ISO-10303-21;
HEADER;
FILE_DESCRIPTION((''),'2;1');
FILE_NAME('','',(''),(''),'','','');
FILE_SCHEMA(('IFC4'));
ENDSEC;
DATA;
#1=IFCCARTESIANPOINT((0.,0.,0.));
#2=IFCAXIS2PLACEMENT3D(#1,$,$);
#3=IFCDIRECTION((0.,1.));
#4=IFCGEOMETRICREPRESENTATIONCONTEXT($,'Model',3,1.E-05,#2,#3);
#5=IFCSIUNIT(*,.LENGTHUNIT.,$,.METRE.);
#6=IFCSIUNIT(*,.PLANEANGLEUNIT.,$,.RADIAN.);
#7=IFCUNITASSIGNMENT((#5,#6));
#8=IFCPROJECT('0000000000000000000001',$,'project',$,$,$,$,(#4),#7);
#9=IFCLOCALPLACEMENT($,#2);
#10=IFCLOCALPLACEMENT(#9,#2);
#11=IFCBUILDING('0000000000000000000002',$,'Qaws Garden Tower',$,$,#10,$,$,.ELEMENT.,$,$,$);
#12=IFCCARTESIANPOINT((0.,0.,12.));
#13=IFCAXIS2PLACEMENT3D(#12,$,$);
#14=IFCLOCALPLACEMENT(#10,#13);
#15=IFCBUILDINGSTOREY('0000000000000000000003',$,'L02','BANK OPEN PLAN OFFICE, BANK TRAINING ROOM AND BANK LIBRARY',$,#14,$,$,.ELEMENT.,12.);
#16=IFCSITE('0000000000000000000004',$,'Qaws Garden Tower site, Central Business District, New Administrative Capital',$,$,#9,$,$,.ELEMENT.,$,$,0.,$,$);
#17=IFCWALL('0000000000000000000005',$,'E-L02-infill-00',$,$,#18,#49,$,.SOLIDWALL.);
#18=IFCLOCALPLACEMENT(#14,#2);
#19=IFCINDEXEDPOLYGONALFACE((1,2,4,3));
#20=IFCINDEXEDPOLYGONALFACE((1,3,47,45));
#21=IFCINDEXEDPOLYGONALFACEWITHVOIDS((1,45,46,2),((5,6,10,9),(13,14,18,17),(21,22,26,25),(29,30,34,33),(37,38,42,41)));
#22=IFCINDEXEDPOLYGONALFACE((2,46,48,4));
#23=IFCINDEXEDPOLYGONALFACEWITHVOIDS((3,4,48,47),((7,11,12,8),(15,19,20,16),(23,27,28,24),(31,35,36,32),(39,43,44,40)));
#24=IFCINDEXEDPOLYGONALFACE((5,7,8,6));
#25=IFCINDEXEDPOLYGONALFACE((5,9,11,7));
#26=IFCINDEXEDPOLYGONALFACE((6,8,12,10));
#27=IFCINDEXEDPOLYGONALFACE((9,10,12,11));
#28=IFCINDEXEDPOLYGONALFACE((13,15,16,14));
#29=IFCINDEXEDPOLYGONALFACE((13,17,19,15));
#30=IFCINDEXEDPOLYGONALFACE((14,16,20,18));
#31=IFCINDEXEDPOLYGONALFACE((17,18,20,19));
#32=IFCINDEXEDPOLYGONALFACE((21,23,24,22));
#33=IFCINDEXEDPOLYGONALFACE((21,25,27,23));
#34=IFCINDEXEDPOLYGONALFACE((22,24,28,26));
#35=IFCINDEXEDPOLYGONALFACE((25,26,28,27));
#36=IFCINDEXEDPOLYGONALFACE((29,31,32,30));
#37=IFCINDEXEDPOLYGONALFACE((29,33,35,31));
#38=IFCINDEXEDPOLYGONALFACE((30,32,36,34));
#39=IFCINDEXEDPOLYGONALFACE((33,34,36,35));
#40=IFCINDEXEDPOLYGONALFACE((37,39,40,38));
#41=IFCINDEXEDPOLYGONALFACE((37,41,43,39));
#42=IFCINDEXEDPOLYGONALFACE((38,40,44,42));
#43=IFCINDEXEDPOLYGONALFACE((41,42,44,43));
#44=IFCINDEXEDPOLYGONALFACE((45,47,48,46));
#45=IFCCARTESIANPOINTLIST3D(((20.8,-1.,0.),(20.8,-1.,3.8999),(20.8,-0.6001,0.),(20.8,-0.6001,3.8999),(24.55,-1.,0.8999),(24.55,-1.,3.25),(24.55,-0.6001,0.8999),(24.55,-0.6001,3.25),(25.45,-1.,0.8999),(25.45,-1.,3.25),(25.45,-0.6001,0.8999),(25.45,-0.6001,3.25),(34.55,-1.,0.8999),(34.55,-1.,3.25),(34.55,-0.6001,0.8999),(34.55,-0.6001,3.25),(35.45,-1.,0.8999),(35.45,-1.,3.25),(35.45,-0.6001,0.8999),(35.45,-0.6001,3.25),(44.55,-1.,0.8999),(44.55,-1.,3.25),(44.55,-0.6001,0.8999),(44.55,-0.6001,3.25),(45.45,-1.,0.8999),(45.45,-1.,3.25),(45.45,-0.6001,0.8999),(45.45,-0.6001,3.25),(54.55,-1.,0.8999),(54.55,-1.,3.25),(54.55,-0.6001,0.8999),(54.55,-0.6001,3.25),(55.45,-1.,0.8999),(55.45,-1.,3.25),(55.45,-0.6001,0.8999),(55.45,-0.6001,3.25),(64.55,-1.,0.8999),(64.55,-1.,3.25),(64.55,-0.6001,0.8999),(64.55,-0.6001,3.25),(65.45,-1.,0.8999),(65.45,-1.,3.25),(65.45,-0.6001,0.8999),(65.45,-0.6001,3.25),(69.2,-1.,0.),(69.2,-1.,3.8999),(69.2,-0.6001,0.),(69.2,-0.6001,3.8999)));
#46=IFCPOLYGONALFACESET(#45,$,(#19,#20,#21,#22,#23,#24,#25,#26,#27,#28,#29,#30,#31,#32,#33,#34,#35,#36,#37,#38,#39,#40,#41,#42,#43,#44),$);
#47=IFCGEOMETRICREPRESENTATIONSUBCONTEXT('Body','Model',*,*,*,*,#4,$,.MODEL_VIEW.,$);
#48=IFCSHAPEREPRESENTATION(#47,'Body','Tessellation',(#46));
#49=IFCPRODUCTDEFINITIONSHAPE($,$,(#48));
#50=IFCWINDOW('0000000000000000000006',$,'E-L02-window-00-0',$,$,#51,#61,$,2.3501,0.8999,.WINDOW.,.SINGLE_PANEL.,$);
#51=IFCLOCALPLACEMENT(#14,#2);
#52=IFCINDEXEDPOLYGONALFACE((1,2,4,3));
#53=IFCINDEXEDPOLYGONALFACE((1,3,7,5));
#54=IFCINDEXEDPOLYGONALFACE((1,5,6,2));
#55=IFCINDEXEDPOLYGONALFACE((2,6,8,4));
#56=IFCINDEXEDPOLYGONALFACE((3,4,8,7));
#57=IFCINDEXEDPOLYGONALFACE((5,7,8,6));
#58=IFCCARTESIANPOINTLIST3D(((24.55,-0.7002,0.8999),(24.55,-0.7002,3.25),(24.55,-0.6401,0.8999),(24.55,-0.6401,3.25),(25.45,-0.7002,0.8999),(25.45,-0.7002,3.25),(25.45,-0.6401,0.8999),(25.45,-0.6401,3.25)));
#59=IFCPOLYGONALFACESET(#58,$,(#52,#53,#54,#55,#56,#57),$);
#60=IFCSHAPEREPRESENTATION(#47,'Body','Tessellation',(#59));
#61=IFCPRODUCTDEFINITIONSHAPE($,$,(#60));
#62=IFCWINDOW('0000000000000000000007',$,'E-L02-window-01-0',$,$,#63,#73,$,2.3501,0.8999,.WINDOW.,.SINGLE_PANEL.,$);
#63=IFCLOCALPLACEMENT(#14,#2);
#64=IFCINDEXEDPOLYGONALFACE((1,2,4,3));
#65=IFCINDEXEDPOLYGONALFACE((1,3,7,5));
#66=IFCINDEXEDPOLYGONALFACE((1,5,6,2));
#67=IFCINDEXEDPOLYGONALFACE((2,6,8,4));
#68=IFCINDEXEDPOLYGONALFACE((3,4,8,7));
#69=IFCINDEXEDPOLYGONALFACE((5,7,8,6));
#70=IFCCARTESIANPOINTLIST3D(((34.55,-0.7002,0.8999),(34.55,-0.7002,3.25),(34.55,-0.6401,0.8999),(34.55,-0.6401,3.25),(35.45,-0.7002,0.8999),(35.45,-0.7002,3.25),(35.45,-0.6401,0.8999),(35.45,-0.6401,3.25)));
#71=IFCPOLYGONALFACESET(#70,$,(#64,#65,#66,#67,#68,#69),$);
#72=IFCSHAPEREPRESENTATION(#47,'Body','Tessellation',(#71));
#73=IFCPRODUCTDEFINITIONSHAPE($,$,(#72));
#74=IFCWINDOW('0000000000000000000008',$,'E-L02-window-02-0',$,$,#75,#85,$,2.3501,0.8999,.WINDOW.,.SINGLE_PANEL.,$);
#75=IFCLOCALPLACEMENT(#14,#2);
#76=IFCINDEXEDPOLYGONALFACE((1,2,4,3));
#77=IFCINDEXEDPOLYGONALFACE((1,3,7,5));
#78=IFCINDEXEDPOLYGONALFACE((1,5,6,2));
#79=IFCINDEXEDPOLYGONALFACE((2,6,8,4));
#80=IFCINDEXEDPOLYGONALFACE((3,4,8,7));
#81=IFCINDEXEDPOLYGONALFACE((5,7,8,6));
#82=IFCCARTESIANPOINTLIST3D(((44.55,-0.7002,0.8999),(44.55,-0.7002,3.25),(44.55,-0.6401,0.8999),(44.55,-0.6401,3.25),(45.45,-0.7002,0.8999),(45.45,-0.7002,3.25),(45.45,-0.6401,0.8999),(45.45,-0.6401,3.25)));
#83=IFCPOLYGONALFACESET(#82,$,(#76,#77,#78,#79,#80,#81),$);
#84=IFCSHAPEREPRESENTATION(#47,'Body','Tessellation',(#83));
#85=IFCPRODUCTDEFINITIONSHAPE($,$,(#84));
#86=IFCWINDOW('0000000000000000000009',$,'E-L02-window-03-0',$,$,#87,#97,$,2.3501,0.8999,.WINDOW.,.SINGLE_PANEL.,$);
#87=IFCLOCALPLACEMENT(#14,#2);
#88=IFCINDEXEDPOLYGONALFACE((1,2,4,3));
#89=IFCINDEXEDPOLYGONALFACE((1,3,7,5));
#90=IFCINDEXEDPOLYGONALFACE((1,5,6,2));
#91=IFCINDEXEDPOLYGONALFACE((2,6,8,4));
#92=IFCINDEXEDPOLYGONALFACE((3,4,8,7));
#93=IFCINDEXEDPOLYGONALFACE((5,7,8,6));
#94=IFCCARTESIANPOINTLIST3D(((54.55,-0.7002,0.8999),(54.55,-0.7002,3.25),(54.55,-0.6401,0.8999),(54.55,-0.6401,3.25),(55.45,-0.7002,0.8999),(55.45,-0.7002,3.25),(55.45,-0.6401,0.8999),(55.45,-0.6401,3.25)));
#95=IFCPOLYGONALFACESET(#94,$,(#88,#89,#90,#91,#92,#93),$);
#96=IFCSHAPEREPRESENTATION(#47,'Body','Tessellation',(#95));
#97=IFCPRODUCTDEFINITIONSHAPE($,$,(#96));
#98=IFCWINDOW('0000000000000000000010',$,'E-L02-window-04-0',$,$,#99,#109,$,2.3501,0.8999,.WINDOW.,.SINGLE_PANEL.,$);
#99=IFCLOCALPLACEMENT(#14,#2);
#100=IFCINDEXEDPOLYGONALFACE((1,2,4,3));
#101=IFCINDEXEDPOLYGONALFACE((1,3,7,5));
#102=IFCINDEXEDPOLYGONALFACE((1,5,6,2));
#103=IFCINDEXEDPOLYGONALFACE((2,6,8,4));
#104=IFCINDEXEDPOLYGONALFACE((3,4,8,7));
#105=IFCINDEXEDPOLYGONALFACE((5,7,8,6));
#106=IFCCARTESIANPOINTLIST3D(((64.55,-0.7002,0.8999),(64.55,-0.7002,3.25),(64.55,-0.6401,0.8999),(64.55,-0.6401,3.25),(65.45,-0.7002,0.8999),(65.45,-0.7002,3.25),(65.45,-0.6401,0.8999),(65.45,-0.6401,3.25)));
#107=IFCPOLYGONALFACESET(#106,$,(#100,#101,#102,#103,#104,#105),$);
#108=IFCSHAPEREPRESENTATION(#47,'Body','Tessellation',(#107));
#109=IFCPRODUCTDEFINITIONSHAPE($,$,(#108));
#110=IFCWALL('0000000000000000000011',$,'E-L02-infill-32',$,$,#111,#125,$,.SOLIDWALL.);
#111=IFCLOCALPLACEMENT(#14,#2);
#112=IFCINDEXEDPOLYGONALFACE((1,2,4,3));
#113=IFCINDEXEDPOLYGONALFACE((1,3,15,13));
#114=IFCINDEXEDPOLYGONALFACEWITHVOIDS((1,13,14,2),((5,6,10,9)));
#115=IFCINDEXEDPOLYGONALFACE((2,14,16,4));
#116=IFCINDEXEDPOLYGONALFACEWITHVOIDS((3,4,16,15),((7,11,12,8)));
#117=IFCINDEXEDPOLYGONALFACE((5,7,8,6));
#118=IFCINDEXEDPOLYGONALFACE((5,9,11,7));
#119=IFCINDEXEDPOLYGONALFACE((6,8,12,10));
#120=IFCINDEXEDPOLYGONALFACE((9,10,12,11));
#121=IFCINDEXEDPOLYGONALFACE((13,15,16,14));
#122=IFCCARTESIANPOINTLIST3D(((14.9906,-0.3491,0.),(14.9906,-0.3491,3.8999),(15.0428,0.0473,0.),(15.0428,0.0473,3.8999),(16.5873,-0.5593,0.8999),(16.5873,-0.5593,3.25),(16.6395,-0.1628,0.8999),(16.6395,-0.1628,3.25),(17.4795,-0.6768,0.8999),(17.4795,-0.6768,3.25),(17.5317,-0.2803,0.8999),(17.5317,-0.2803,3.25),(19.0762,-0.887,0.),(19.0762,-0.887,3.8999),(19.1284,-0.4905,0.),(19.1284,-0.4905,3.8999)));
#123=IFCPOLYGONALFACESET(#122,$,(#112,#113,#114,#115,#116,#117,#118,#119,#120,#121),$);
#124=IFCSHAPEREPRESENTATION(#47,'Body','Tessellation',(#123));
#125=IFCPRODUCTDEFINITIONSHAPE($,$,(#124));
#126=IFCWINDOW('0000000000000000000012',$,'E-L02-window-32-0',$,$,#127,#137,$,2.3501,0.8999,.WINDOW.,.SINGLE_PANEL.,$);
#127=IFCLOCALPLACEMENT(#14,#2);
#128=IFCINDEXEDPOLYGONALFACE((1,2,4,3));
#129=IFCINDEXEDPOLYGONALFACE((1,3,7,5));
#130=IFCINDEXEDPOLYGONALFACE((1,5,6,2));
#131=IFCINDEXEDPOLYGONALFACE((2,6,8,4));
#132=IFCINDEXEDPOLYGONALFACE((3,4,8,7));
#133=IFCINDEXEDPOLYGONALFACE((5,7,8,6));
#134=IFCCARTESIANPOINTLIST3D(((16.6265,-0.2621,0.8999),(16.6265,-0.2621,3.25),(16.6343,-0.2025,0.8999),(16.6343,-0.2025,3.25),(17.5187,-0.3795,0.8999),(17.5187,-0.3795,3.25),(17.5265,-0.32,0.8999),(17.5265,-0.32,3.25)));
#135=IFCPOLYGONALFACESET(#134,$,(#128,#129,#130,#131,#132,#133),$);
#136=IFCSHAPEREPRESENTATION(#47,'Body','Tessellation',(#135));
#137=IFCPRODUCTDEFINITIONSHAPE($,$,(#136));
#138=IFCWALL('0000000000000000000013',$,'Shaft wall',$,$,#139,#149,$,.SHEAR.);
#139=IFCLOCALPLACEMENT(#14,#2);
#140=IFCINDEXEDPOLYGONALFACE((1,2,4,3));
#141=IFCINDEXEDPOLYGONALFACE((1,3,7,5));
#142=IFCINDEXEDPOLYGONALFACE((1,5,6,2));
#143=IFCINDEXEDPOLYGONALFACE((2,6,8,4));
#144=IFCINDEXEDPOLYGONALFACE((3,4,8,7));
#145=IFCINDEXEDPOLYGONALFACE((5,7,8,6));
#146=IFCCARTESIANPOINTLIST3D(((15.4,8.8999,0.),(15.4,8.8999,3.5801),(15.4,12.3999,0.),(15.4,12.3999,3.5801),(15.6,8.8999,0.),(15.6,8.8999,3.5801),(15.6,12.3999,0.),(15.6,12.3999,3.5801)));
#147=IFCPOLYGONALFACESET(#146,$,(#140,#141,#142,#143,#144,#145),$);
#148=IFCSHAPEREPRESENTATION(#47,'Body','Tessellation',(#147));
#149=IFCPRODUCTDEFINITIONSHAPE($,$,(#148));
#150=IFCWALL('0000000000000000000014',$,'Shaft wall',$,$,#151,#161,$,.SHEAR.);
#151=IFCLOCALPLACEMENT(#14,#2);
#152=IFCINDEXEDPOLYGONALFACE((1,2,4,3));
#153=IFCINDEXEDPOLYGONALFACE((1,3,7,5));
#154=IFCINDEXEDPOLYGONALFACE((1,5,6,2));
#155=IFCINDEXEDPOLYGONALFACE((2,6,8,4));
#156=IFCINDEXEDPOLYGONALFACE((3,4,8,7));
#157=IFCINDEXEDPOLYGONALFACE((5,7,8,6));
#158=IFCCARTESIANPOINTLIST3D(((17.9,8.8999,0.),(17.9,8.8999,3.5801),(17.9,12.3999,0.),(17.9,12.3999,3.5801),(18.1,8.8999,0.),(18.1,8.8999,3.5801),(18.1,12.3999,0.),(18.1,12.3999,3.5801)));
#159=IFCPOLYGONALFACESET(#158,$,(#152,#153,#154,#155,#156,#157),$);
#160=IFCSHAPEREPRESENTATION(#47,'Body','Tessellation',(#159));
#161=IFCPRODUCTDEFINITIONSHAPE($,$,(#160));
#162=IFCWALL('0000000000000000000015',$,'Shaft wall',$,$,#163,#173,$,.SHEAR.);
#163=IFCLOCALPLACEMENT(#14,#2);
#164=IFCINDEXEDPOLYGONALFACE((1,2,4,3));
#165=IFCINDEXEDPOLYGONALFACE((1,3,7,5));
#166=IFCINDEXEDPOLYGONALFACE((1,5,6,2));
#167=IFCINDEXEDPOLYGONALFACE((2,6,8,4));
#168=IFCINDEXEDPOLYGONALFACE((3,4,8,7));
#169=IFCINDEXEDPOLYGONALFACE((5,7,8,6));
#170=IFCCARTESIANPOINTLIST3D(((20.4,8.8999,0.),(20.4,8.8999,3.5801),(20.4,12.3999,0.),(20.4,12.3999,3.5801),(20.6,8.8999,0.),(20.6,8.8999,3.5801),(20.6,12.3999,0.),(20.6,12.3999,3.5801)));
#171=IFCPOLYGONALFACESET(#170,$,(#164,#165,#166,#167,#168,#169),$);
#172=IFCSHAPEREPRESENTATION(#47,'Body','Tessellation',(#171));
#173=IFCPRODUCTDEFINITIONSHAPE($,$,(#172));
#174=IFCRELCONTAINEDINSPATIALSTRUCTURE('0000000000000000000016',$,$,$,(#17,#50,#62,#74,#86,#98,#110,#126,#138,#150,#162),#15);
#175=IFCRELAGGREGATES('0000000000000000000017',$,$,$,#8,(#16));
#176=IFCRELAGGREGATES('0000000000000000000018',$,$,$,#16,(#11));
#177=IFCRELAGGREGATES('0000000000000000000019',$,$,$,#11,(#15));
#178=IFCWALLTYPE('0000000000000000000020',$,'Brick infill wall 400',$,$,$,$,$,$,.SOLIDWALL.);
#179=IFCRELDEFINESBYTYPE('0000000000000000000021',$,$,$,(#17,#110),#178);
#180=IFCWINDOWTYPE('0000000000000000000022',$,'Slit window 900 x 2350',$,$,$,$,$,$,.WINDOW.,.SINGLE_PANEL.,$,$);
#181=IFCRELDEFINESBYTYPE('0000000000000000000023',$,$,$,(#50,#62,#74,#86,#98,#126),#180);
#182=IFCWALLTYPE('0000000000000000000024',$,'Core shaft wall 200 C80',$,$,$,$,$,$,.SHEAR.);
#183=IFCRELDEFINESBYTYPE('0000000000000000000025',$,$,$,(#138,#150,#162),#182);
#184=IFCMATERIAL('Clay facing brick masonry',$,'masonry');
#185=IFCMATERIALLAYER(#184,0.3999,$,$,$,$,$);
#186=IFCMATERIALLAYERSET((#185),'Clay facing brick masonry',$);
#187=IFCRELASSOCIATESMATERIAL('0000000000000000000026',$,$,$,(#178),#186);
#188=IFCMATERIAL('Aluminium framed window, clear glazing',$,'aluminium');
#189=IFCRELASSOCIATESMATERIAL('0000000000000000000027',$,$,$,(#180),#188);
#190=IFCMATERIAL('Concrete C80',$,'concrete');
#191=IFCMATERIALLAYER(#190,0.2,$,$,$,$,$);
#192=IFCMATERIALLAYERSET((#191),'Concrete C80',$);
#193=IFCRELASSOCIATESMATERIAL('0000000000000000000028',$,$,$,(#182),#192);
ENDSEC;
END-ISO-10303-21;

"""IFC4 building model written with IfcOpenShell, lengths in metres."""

from ifc_helpers import new_model, si_unit, direction, frame, frame_2d, origin, place, context, subcontext, project, spatial, rectangle, extrude, material, layer, layer_set, type_object, element, fill, save


model = new_model("IFC4")

# Units and contexts
model_context = context("Model", 3, precision=1e-05, world=origin(), true_north=direction((0.0, 1.0)))
body_context = subcontext(model_context, "Body", "Model", "MODEL_VIEW")
ifc_project = project(units=[si_unit("LENGTHUNIT", "METRE"), si_unit("PLANEANGLEUNIT", "RADIAN")], contexts=[model_context])

# Site, building, storey
site_placement = place(None, origin())
site = spatial("IfcSite", under=ifc_project, at=site_placement, Name="Qaws Garden Tower site, Central Business District, New Administrative Capital", CompositionType="ELEMENT", RefElevation=0.0)
building_placement = place(site_placement, origin())
building = spatial("IfcBuilding", under=site, at=building_placement, Name="Qaws Garden Tower", CompositionType="ELEMENT")
storey_placement = place(building_placement, frame((0.0, 0.0, 12.0)))
storey = spatial("IfcBuildingStorey", under=building, at=storey_placement, Name="L02", Description="BANK OPEN PLAN OFFICE, BANK TRAINING ROOM AND BANK LIBRARY", CompositionType="ELEMENT", Elevation=12.0)

# Wall, openings, windows
ifc_material_1 = material(Name="Clay facing brick masonry", Category="masonry")
ifc_layer_1 = layer(ifc_material_1, 0.3999)
ifc_layer_set_1 = layer_set([ifc_layer_1], Name="Clay facing brick masonry")
wall_type_1 = type_object("IfcWallType", Name="Brick infill wall 400", PredefinedType="SOLIDWALL", material=ifc_layer_set_1)
wall_1_placement = place(storey_placement, frame((20.8, -0.8, 0.0), z_axis=(0.0, 0.0, 1.0), x_axis=(1.0, 0.0, 0.0)))
wall_1 = element("IfcWall", 1, at=wall_1_placement, inside=storey, type_object=wall_type_1, Name="E-L02-infill-00", PredefinedType="SOLIDWALL", context=body_context, shape_type="SweptSolid", body=[
    extrude(rectangle(XDim=48.3999, YDim=0.3999, at=frame_2d((24.2, 0.0))), origin(), (0.0, 0.0, 1.0), 3.8999),
])
opening_1_placement = place(wall_1_placement, frame((3.75, 0.0, 0.8999)))
opening_1 = element("IfcOpeningElement", 2, at=opening_1_placement, cuts=wall_1, PredefinedType="OPENING", context=body_context, shape_type="SweptSolid", body=[
    extrude(rectangle(XDim=0.8999, YDim=2.3501, at=frame_2d((0.45, 1.175))), frame((0.0, 0.21, 0.0), z_axis=(0.0, -1.0, 0.0), x_axis=(1.0, 0.0, 0.0)), (0.0, 0.0, 1.0), 0.4199),
])
opening_2_placement = place(wall_1_placement, frame((13.75, 0.0, 0.8999)))
opening_2 = element("IfcOpeningElement", 3, at=opening_2_placement, cuts=wall_1, PredefinedType="OPENING", context=body_context, shape_type="SweptSolid", body=[
    extrude(rectangle(XDim=0.8999, YDim=2.3501, at=frame_2d((0.45, 1.175))), frame((0.0, 0.21, 0.0), z_axis=(0.0, -1.0, 0.0), x_axis=(1.0, 0.0, 0.0)), (0.0, 0.0, 1.0), 0.4199),
])
opening_3_placement = place(wall_1_placement, frame((23.75, 0.0, 0.8999)))
opening_3 = element("IfcOpeningElement", 4, at=opening_3_placement, cuts=wall_1, PredefinedType="OPENING", context=body_context, shape_type="SweptSolid", body=[
    extrude(rectangle(XDim=0.8999, YDim=2.3501, at=frame_2d((0.45, 1.175))), frame((0.0, 0.21, 0.0), z_axis=(0.0, -1.0, 0.0), x_axis=(1.0, 0.0, 0.0)), (0.0, 0.0, 1.0), 0.4199),
])
opening_4_placement = place(wall_1_placement, frame((33.75, 0.0, 0.8999)))
opening_4 = element("IfcOpeningElement", 5, at=opening_4_placement, cuts=wall_1, PredefinedType="OPENING", context=body_context, shape_type="SweptSolid", body=[
    extrude(rectangle(XDim=0.8999, YDim=2.3501, at=frame_2d((0.45, 1.175))), frame((0.0, 0.21, 0.0), z_axis=(0.0, -1.0, 0.0), x_axis=(1.0, 0.0, 0.0)), (0.0, 0.0, 1.0), 0.4199),
])
opening_5_placement = place(wall_1_placement, frame((43.75, 0.0, 0.8999)))
opening_5 = element("IfcOpeningElement", 6, at=opening_5_placement, cuts=wall_1, PredefinedType="OPENING", context=body_context, shape_type="SweptSolid", body=[
    extrude(rectangle(XDim=0.8999, YDim=2.3501, at=frame_2d((0.45, 1.175))), frame((0.0, 0.21, 0.0), z_axis=(0.0, -1.0, 0.0), x_axis=(1.0, 0.0, 0.0)), (0.0, 0.0, 1.0), 0.4199),
])
ifc_material_2 = material(Name="Aluminium framed window, clear glazing", Category="aluminium")
window_type = type_object("IfcWindowType", Name="Slit window 900 x 2350", PartitioningType="SINGLE_PANEL", PredefinedType="WINDOW", material=ifc_material_2)
window_1_placement = place(opening_1_placement, origin())
window_1 = element("IfcWindow", 7, at=window_1_placement, inside=storey, type_object=window_type, Name="E-L02-window-00-0", OverallHeight=2.3501, OverallWidth=0.8999, PartitioningType="SINGLE_PANEL", PredefinedType="WINDOW", context=body_context, shape_type="SweptSolid", body=[
    extrude(rectangle(XDim=0.8999, YDim=2.3501, at=frame_2d((0.45, 1.175))), frame((0.0, 0.1599, 0.0), z_axis=(0.0, -1.0, 0.0), x_axis=(1.0, 0.0, 0.0)), (0.0, 0.0, 1.0), 0.0601),
])
fill(opening_1, window_1)
window_2_placement = place(opening_2_placement, origin())
window_2 = element("IfcWindow", 8, at=window_2_placement, inside=storey, type_object=window_type, Name="E-L02-window-01-0", OverallHeight=2.3501, OverallWidth=0.8999, PartitioningType="SINGLE_PANEL", PredefinedType="WINDOW", context=body_context, shape_type="SweptSolid", body=[
    extrude(rectangle(XDim=0.8999, YDim=2.3501, at=frame_2d((0.45, 1.175))), frame((0.0, 0.1599, 0.0), z_axis=(0.0, -1.0, 0.0), x_axis=(1.0, 0.0, 0.0)), (0.0, 0.0, 1.0), 0.0601),
])
fill(opening_2, window_2)
window_3_placement = place(opening_3_placement, origin())
window_3 = element("IfcWindow", 9, at=window_3_placement, inside=storey, type_object=window_type, Name="E-L02-window-02-0", OverallHeight=2.3501, OverallWidth=0.8999, PartitioningType="SINGLE_PANEL", PredefinedType="WINDOW", context=body_context, shape_type="SweptSolid", body=[
    extrude(rectangle(XDim=0.8999, YDim=2.3501, at=frame_2d((0.45, 1.175))), frame((0.0, 0.1599, 0.0), z_axis=(0.0, -1.0, 0.0), x_axis=(1.0, 0.0, 0.0)), (0.0, 0.0, 1.0), 0.0601),
])
fill(opening_3, window_3)
window_4_placement = place(opening_4_placement, origin())
window_4 = element("IfcWindow", 10, at=window_4_placement, inside=storey, type_object=window_type, Name="E-L02-window-03-0", OverallHeight=2.3501, OverallWidth=0.8999, PartitioningType="SINGLE_PANEL", PredefinedType="WINDOW", context=body_context, shape_type="SweptSolid", body=[
    extrude(rectangle(XDim=0.8999, YDim=2.3501, at=frame_2d((0.45, 1.175))), frame((0.0, 0.1599, 0.0), z_axis=(0.0, -1.0, 0.0), x_axis=(1.0, 0.0, 0.0)), (0.0, 0.0, 1.0), 0.0601),
])
fill(opening_4, window_4)
window_5_placement = place(opening_5_placement, origin())
window_5 = element("IfcWindow", 11, at=window_5_placement, inside=storey, type_object=window_type, Name="E-L02-window-04-0", OverallHeight=2.3501, OverallWidth=0.8999, PartitioningType="SINGLE_PANEL", PredefinedType="WINDOW", context=body_context, shape_type="SweptSolid", body=[
    extrude(rectangle(XDim=0.8999, YDim=2.3501, at=frame_2d((0.45, 1.175))), frame((0.0, 0.1599, 0.0), z_axis=(0.0, -1.0, 0.0), x_axis=(1.0, 0.0, 0.0)), (0.0, 0.0, 1.0), 0.0601),
])
fill(opening_5, window_5)

# Wall, opening, window
wall_2_placement = place(storey_placement, frame((15.0166, -0.1509, 0.0), z_axis=(0.0, 0.0, 1.0), x_axis=(0.991446, -0.130514, 0.0)))
wall_2 = element("IfcWall", 12, at=wall_2_placement, inside=storey, type_object=wall_type_1, Name="E-L02-infill-32", PredefinedType="SOLIDWALL", context=body_context, shape_type="SweptSolid", body=[
    extrude(rectangle(XDim=4.1208, YDim=0.3999, at=frame_2d((2.0605, 0.0))), origin(), (0.0, 0.0, 1.0), 3.8999),
])
opening_6_placement = place(wall_2_placement, frame((1.6106, 0.0, 0.8999)))
opening_6 = element("IfcOpeningElement", 13, at=opening_6_placement, cuts=wall_2, PredefinedType="OPENING", context=body_context, shape_type="SweptSolid", body=[
    extrude(rectangle(XDim=0.8999, YDim=2.3501, at=frame_2d((0.45, 1.175))), frame((0.0, 0.21, 0.0), z_axis=(0.0, -1.0, 0.0), x_axis=(1.0, 0.0, 0.0)), (0.0, 0.0, 1.0), 0.4199),
])
window_6_placement = place(opening_6_placement, origin())
window_6 = element("IfcWindow", 14, at=window_6_placement, inside=storey, type_object=window_type, Name="E-L02-window-32-0", OverallHeight=2.3501, OverallWidth=0.8999, PartitioningType="SINGLE_PANEL", PredefinedType="WINDOW", context=body_context, shape_type="SweptSolid", body=[
    extrude(rectangle(XDim=0.8999, YDim=2.3501, at=frame_2d((0.45, 1.175))), frame((0.0, 0.1599, 0.0), z_axis=(0.0, -1.0, 0.0), x_axis=(1.0, 0.0, 0.0)), (0.0, 0.0, 1.0), 0.0601),
])
fill(opening_6, window_6)

# Walls
ifc_material_3 = material(Name="Concrete C80", Category="concrete")
ifc_layer_2 = layer(ifc_material_3, 0.2)
ifc_layer_set_2 = layer_set([ifc_layer_2], Name="Concrete C80")
wall_type_2 = type_object("IfcWallType", Name="Core shaft wall 200 C80", PredefinedType="SHEAR", material=ifc_layer_set_2)
for number, where, z_axis, x_axis, name in (
    (15, (15.5, 8.8999, 0.0), (0.0, 0.0, 1.0), (0.0, 1.0, 0.0), "Shaft wall"),
    (16, (18.0, 8.8999, 0.0), (0.0, 0.0, 1.0), (0.0, 1.0, 0.0), "Shaft wall"),
    (17, (20.5, 8.8999, 0.0), (0.0, 0.0, 1.0), (0.0, 1.0, 0.0), "Shaft wall"),
):
    element("IfcWall", number, at=place(storey_placement, frame(where, z_axis=z_axis, x_axis=x_axis)), inside=storey, type_object=wall_type_2, Name=name, PredefinedType="SHEAR", context=body_context, shape_type="SweptSolid", body=[
        extrude(rectangle(XDim=3.5, YDim=0.2, at=frame_2d((1.75, 0.0))), origin(), (0.0, 0.0, 1.0), 3.5801),
    ])

save(model, "model.ifc")
